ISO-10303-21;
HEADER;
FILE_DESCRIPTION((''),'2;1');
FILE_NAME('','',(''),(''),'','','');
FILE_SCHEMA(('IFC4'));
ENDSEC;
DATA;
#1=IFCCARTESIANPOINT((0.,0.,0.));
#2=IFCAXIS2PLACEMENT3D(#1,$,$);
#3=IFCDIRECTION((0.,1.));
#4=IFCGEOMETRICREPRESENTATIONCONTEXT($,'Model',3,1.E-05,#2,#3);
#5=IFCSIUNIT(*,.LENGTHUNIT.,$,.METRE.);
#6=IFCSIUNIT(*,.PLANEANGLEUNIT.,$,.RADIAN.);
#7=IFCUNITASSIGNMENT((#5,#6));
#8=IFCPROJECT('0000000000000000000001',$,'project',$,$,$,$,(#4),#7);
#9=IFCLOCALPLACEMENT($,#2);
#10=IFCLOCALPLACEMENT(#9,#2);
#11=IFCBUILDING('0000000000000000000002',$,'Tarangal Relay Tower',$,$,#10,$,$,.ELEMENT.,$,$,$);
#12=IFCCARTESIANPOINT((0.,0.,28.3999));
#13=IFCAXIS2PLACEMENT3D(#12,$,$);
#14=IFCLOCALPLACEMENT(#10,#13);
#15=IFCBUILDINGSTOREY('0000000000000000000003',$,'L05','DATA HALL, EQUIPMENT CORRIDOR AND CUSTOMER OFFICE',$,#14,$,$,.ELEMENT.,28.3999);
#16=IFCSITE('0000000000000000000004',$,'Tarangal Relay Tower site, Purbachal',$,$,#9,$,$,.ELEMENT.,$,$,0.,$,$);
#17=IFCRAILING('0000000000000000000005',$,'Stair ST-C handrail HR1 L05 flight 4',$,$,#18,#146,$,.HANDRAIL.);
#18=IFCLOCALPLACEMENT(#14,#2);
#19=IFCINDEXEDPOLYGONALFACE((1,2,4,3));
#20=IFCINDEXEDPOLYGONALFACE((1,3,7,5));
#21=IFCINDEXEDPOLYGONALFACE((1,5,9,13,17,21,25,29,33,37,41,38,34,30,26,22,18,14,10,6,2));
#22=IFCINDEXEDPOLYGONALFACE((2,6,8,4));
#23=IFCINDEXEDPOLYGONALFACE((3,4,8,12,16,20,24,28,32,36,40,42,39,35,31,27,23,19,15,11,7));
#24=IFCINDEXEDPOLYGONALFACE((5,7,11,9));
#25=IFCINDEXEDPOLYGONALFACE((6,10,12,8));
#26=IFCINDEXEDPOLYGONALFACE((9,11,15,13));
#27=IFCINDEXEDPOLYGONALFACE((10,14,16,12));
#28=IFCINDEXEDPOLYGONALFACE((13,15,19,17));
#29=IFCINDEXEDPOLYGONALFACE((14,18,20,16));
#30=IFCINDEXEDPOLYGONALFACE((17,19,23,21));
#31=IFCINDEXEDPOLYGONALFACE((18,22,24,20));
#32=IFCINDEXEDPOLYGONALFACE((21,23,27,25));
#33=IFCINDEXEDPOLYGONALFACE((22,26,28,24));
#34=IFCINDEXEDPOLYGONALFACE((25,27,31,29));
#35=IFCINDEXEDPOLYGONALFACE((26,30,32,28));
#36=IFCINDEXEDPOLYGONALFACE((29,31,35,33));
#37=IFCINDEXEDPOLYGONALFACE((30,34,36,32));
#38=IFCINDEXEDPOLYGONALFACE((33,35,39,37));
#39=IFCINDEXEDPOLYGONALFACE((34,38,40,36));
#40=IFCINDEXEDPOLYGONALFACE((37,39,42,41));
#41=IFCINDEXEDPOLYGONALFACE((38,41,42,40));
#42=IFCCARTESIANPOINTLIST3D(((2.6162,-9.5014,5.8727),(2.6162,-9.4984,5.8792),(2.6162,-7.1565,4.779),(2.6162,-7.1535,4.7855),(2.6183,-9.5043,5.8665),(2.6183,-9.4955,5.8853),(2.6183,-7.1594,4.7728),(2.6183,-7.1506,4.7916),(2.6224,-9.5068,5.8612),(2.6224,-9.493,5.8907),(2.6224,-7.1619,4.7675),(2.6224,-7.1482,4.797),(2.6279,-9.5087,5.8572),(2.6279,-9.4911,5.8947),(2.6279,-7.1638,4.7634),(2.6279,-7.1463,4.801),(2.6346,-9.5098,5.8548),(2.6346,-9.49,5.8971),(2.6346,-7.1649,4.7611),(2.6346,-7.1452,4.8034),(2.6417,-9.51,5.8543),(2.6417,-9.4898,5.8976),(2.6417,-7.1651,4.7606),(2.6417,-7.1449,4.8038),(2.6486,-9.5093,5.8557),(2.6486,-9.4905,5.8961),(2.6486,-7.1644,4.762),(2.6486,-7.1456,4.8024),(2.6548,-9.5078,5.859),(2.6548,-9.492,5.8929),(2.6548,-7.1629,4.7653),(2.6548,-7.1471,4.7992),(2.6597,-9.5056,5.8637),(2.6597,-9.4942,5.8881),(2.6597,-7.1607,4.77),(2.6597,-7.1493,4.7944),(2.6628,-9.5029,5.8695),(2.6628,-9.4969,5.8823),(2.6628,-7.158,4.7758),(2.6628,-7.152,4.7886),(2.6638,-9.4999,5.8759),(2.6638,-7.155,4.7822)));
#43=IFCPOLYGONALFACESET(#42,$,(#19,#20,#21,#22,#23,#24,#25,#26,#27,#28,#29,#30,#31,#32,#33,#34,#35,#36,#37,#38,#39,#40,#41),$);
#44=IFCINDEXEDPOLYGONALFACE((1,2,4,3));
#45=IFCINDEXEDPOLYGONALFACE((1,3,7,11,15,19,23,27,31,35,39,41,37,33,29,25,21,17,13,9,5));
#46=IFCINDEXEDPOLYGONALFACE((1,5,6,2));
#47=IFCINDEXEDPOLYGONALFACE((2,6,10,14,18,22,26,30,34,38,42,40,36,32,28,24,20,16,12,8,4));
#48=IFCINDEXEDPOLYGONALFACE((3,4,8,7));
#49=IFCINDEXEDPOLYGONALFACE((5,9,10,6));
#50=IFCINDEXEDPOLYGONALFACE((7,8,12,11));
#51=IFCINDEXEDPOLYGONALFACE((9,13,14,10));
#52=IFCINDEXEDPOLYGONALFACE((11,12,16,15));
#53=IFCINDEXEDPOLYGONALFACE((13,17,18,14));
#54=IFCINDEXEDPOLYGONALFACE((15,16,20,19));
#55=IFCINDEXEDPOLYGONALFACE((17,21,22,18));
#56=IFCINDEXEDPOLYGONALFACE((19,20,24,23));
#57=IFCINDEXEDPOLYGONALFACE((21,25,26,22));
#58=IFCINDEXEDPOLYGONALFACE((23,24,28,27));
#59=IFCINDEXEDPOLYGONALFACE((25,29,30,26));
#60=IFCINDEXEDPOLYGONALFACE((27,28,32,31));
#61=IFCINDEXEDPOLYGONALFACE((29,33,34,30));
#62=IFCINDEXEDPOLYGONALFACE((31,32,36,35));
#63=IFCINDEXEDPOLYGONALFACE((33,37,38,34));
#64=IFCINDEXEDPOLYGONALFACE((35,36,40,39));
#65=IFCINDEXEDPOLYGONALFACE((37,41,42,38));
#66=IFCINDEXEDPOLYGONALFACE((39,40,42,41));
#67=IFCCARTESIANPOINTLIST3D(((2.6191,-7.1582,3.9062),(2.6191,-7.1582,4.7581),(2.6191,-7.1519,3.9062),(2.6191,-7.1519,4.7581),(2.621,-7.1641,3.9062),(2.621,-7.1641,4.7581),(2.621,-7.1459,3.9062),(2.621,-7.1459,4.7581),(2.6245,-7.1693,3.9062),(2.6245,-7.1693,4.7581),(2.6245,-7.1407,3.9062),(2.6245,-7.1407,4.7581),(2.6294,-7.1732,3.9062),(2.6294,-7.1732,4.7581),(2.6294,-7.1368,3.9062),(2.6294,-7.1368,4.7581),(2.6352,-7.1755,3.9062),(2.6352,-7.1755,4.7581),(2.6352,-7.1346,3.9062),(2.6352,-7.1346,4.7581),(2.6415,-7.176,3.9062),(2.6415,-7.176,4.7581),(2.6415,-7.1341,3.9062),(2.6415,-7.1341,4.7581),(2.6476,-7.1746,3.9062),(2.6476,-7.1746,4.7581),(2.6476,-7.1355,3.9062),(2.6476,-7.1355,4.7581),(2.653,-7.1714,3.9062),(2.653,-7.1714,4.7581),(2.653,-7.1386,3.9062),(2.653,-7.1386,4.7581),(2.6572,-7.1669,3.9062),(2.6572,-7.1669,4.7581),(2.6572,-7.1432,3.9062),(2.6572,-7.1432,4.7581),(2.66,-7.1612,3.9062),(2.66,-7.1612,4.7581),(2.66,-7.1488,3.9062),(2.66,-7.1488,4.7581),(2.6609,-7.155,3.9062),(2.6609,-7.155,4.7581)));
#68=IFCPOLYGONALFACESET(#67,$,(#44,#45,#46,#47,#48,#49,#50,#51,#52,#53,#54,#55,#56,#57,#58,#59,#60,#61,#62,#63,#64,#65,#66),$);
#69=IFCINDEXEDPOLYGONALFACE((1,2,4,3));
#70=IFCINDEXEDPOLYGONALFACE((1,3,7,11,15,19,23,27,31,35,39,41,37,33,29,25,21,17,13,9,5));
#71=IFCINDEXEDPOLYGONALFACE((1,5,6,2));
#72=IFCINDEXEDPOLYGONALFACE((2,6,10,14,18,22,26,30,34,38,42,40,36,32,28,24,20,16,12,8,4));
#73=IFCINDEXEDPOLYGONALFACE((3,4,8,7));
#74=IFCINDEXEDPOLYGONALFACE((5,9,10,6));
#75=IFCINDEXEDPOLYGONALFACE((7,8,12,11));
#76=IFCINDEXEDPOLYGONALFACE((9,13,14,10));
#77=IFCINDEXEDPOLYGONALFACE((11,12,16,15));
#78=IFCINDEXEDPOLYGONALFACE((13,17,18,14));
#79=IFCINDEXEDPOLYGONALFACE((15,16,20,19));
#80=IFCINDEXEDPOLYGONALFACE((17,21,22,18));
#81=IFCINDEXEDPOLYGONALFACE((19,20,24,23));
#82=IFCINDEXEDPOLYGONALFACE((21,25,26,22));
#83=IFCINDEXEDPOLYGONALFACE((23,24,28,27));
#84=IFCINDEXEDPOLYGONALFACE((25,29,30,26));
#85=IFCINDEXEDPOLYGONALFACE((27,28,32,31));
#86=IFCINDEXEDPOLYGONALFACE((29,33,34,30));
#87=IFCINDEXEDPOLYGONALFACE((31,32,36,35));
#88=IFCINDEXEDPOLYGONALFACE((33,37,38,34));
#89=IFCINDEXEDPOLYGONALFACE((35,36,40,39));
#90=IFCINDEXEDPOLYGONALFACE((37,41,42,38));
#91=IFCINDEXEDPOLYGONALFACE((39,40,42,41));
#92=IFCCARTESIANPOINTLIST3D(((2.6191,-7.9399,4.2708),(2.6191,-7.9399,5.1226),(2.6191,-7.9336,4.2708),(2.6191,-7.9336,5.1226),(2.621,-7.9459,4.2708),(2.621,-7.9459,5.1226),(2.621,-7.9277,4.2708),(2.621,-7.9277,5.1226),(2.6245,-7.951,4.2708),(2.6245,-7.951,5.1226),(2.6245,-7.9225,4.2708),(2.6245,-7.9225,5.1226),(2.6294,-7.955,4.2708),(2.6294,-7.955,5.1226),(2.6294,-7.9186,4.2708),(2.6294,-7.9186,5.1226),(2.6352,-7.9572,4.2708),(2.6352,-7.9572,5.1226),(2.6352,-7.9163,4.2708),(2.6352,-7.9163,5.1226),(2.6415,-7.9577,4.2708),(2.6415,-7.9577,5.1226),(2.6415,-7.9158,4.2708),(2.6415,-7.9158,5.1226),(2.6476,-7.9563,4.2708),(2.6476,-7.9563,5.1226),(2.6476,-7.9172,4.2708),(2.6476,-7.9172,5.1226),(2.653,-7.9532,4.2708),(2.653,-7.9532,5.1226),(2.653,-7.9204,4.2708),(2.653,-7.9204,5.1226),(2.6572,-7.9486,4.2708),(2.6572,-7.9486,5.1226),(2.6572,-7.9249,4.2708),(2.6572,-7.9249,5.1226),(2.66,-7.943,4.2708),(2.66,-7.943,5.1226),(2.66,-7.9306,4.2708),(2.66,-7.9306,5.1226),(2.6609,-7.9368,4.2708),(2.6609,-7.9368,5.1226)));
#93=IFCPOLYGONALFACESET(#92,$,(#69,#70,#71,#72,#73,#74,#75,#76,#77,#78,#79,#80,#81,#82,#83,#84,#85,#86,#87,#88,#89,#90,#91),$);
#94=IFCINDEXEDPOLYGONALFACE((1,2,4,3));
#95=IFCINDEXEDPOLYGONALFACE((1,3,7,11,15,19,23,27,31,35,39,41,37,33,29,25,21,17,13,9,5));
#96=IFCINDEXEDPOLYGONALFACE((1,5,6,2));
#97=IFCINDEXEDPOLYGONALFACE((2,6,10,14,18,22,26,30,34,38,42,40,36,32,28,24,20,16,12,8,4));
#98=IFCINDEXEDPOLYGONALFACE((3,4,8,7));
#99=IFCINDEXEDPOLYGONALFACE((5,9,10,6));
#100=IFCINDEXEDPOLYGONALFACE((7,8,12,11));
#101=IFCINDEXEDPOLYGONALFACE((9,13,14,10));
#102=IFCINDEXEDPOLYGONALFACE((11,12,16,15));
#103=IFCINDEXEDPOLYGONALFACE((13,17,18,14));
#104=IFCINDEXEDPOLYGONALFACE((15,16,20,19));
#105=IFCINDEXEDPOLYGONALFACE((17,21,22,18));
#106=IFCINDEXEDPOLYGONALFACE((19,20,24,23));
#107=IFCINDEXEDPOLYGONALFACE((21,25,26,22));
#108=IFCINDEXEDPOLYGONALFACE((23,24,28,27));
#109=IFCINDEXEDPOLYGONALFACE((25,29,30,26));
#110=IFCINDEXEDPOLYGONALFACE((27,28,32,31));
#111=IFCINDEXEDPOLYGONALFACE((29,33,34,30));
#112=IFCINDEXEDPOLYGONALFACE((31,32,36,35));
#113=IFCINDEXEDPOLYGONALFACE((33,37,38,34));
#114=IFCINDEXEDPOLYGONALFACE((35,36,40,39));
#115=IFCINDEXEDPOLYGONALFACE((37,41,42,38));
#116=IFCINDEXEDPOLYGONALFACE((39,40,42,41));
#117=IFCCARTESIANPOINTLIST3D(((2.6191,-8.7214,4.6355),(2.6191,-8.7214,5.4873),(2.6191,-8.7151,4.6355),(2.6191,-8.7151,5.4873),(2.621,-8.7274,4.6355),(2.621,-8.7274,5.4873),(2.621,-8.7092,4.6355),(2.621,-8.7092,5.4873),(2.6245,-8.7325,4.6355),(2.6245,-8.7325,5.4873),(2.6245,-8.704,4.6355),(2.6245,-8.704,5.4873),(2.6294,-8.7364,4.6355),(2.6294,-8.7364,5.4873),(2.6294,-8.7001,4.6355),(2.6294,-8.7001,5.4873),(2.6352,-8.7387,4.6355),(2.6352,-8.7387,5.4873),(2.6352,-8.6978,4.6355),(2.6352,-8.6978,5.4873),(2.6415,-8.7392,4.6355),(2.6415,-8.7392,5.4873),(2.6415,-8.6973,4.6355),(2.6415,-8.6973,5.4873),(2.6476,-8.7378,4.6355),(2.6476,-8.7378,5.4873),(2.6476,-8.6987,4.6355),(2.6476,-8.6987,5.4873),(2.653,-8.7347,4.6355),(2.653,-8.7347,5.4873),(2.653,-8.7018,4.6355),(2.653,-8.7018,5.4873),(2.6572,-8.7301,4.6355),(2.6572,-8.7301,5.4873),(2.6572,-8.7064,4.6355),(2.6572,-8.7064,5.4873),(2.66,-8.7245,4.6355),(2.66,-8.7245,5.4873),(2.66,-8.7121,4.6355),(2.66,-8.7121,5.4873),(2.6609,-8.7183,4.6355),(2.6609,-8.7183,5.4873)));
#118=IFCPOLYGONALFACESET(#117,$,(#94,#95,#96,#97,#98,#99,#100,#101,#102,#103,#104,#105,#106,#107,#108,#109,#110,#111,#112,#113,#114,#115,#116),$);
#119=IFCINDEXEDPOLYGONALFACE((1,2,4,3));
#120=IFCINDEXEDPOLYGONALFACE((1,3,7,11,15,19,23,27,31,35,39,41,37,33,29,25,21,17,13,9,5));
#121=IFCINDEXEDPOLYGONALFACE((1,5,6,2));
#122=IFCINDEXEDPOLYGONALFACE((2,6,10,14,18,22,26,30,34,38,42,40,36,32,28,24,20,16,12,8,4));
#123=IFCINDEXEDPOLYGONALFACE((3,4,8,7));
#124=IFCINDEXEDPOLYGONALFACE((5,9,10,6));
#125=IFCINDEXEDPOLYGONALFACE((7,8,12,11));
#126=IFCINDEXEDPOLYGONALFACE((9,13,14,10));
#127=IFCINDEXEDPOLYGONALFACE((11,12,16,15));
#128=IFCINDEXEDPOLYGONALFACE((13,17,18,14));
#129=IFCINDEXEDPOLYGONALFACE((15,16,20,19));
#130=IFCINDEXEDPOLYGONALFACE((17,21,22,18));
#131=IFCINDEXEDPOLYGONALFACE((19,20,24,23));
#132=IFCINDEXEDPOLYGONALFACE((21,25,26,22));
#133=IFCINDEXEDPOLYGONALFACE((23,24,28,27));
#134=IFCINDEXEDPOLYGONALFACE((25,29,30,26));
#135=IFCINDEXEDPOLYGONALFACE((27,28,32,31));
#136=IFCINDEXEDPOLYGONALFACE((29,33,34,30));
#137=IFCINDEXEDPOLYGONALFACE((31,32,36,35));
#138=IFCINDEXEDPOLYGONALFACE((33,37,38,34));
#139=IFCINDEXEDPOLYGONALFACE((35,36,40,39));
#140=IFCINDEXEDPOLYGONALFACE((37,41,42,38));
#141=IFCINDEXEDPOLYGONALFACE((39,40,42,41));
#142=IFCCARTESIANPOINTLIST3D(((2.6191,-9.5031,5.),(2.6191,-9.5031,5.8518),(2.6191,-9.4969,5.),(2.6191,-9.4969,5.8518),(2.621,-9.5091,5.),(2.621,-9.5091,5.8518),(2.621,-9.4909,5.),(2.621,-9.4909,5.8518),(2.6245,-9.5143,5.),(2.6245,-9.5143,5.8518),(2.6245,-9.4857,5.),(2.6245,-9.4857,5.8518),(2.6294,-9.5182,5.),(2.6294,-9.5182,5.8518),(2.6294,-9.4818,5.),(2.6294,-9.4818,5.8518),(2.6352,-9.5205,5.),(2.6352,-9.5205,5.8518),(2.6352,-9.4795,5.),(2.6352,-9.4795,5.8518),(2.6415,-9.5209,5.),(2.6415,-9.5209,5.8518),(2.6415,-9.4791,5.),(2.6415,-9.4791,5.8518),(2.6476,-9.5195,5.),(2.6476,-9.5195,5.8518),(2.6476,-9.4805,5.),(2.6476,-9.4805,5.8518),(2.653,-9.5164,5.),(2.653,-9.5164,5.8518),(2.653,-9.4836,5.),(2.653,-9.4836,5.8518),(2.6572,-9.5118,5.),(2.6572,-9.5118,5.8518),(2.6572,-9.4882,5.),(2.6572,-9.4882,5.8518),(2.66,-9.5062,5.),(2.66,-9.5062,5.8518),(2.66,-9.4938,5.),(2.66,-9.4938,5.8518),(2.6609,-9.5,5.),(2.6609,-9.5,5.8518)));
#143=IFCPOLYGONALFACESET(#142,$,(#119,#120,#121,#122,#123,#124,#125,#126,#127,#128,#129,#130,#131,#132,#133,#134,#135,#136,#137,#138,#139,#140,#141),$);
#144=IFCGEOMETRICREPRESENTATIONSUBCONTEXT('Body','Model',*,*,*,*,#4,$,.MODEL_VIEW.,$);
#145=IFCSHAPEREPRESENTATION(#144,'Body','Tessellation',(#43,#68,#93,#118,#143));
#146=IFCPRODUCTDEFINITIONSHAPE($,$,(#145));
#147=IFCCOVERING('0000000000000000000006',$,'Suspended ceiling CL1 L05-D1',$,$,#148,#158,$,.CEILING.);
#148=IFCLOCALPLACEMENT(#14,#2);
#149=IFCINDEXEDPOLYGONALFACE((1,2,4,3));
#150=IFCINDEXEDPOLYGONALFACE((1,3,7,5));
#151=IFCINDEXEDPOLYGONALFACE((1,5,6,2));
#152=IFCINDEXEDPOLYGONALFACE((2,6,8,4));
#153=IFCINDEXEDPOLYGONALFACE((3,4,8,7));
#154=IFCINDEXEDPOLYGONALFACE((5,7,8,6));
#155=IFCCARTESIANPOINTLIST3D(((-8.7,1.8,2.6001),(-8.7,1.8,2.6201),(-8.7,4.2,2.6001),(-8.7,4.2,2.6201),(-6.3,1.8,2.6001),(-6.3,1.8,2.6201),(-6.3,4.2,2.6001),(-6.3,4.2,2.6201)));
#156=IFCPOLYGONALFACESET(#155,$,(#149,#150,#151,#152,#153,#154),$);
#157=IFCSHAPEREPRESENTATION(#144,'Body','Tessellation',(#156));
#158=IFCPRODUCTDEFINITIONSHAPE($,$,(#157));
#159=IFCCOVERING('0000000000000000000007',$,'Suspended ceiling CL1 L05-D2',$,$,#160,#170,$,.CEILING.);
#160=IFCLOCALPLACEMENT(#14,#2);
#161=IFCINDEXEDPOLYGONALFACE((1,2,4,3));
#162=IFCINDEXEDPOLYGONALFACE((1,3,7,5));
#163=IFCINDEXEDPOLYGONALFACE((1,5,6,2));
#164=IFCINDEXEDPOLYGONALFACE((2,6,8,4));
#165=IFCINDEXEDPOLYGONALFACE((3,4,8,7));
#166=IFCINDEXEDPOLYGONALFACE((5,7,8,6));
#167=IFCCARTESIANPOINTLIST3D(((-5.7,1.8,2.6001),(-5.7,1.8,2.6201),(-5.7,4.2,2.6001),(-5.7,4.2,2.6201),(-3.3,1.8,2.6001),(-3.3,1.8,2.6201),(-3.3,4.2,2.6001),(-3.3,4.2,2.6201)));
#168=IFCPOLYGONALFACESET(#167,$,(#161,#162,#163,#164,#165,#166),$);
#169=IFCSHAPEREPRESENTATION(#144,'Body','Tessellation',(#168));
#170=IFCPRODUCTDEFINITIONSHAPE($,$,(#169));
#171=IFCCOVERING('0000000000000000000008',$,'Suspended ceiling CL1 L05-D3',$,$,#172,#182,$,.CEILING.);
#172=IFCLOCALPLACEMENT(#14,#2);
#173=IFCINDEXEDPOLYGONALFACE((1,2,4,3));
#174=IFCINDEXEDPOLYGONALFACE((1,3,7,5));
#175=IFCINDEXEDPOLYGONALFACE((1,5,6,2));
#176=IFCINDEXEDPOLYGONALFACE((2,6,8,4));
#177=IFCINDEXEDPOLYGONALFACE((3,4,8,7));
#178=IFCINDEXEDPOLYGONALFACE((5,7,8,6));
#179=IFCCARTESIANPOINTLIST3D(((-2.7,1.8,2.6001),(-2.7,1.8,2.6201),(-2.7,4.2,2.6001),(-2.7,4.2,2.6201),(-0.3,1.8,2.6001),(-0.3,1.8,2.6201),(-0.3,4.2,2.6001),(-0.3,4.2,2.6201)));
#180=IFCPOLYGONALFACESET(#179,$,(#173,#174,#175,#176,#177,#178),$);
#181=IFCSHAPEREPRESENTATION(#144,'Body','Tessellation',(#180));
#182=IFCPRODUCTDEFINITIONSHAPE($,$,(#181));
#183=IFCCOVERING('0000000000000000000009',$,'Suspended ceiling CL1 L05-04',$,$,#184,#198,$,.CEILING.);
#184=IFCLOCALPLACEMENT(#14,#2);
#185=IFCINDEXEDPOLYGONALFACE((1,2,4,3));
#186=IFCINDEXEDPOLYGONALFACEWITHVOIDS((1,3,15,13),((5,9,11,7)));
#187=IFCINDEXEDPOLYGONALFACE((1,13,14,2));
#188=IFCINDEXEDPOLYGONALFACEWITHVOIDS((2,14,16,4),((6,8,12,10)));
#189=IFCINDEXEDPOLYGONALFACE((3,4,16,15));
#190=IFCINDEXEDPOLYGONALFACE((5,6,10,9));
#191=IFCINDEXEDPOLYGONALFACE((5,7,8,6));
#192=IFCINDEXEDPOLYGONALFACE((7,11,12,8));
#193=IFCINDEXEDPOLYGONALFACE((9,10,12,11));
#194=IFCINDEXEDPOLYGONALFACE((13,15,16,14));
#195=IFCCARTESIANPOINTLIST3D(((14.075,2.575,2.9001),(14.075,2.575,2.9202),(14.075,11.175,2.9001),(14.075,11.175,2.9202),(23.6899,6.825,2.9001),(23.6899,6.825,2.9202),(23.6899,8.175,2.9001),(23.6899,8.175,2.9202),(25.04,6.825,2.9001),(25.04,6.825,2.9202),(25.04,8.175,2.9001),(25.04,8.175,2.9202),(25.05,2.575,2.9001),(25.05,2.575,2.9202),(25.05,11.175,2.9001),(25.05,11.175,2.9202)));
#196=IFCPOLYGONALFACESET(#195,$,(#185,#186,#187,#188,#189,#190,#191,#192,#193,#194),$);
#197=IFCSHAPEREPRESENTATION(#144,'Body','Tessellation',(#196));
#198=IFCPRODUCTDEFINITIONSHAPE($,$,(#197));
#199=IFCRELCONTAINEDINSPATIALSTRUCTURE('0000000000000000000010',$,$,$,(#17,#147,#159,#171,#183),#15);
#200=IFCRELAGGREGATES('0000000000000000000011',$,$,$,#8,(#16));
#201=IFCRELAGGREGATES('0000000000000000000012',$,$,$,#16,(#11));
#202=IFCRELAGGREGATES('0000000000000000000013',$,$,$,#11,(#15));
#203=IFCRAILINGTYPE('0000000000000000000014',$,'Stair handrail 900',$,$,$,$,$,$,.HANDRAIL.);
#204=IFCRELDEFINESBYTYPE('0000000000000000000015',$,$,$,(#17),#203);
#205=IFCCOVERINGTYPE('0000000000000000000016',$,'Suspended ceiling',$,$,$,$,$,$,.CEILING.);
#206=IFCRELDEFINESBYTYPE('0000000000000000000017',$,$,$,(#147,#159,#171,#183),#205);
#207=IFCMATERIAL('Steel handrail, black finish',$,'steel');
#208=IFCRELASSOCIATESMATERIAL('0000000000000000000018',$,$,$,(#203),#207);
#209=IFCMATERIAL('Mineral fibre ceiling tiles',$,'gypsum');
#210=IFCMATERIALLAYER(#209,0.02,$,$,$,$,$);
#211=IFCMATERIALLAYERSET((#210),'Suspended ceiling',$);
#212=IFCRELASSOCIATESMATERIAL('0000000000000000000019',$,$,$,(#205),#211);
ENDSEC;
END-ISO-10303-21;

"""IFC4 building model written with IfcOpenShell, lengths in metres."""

from ifc_helpers import new_model, si_unit, direction, frame, origin, origin_2d, place, context, subcontext, project, spatial, polyline, circle, outline, extrude, material, layer, layer_set, type_object, element, save


model = new_model("IFC4")

# Units and contexts
model_context = context("Model", 3, precision=1e-05, world=origin(), true_north=direction((0.0, 1.0)))
body_context = subcontext(model_context, "Body", "Model", "MODEL_VIEW")
ifc_project = project(units=[si_unit("LENGTHUNIT", "METRE"), si_unit("PLANEANGLEUNIT", "RADIAN")], contexts=[model_context])

# Site, building, storey
site_placement = place(None, origin())
site = spatial("IfcSite", under=ifc_project, at=site_placement, Name="Tarangal Relay Tower site, Purbachal", CompositionType="ELEMENT", RefElevation=0.0)
building_placement = place(site_placement, origin())
building = spatial("IfcBuilding", under=site, at=building_placement, Name="Tarangal Relay Tower", CompositionType="ELEMENT")
storey_placement = place(building_placement, frame((0.0, 0.0, 28.3999)))
storey = spatial("IfcBuildingStorey", under=building, at=storey_placement, Name="L05", Description="DATA HALL, EQUIPMENT CORRIDOR AND CUSTOMER OFFICE", CompositionType="ELEMENT", Elevation=28.3999)

# Railing
ifc_material_1 = material(Name="Steel handrail, black finish", Category="steel")
railing_type_1 = type_object("IfcRailingType", Name="Stair handrail 900", PredefinedType="HANDRAIL", material=ifc_material_1)
for number, where, name in (
    (1, (2.6399, -7.155, 3.9062), "Stair ST-C handrail HR1 L05 flight 4"),
):
    element("IfcRailing", number, at=place(storey_placement, frame(where)), inside=storey, type_object=railing_type_1, Name=name, PredefinedType="HANDRAIL", context=body_context, shape_type="SweptSolid", body=[
        extrude(circle(Radius=0.0239, at=origin_2d()), frame((0.0, 0.0, 0.876), z_axis=(0.0, -0.906267, 0.422705), x_axis=(1.0, 0.0, 0.0)), (0.0, 0.0, 1.0), 2.5874),
        extrude(circle(Radius=0.021, at=origin_2d()), origin(), (0.0, 0.0, 1.0), 0.8518),
        extrude(circle(Radius=0.021, at=origin_2d()), frame((0.0, -0.7817, 0.3645)), (0.0, 0.0, 1.0), 0.8518),
        extrude(circle(Radius=0.021, at=origin_2d()), frame((0.0, -1.5632, 0.7292)), (0.0, 0.0, 1.0), 0.8518),
        extrude(circle(Radius=0.021, at=origin_2d()), frame((0.0, -2.345, 1.0938)), (0.0, 0.0, 1.0), 0.8518),
    ])

# Coverings
ifc_material_2 = material(Name="Mineral fibre ceiling tiles", Category="gypsum")
ifc_layer_1 = layer(ifc_material_2, 0.02)
ifc_layer_set_1 = layer_set([ifc_layer_1], Name="Suspended ceiling")
covering_type_1 = type_object("IfcCoveringType", Name="Suspended ceiling", PredefinedType="CEILING", material=ifc_layer_set_1)
covering_1_placement = place(storey_placement, frame((0.0, 0.0, 2.6001)))
element("IfcCovering", 2, at=covering_1_placement, inside=storey, type_object=covering_type_1, Name="Suspended ceiling CL1 L05-D1", PredefinedType="CEILING", context=body_context, shape_type="SweptSolid", body=[
    extrude(outline(polyline([(-8.7, 1.8), (-6.3, 1.8), (-6.3, 4.2), (-8.7, 4.2), (-8.7, 1.8)])), origin(), (0.0, 0.0, 1.0), 0.02),
])
covering_2_placement = place(storey_placement, frame((0.0, 0.0, 2.6001)))
element("IfcCovering", 3, at=covering_2_placement, inside=storey, type_object=covering_type_1, Name="Suspended ceiling CL1 L05-D2", PredefinedType="CEILING", context=body_context, shape_type="SweptSolid", body=[
    extrude(outline(polyline([(-5.7, 1.8), (-3.3, 1.8), (-3.3, 4.2), (-5.7, 4.2), (-5.7, 1.8)])), origin(), (0.0, 0.0, 1.0), 0.02),
])
covering_3_placement = place(storey_placement, frame((0.0, 0.0, 2.6001)))
element("IfcCovering", 4, at=covering_3_placement, inside=storey, type_object=covering_type_1, Name="Suspended ceiling CL1 L05-D3", PredefinedType="CEILING", context=body_context, shape_type="SweptSolid", body=[
    extrude(outline(polyline([(-2.7, 1.8), (-0.3, 1.8), (-0.3, 4.2), (-2.7, 4.2), (-2.7, 1.8)])), origin(), (0.0, 0.0, 1.0), 0.02),
])
covering_4_placement = place(storey_placement, frame((0.0, 0.0, 2.9001)))
element("IfcCovering", 5, at=covering_4_placement, inside=storey, type_object=covering_type_1, Name="Suspended ceiling CL1 L05-04", PredefinedType="CEILING", context=body_context, shape_type="SweptSolid", body=[
    extrude(outline(polyline([(25.05, 2.575), (25.05, 11.175), (14.075, 11.175), (14.075, 2.575), (25.05, 2.575)]), holes=[polyline([(25.04, 8.175), (23.6899, 8.175), (23.6899, 6.825), (25.04, 6.825), (25.04, 8.175)])]), origin(), (0.0, 0.0, 1.0), 0.02),
])

save(model, "model.ifc")
